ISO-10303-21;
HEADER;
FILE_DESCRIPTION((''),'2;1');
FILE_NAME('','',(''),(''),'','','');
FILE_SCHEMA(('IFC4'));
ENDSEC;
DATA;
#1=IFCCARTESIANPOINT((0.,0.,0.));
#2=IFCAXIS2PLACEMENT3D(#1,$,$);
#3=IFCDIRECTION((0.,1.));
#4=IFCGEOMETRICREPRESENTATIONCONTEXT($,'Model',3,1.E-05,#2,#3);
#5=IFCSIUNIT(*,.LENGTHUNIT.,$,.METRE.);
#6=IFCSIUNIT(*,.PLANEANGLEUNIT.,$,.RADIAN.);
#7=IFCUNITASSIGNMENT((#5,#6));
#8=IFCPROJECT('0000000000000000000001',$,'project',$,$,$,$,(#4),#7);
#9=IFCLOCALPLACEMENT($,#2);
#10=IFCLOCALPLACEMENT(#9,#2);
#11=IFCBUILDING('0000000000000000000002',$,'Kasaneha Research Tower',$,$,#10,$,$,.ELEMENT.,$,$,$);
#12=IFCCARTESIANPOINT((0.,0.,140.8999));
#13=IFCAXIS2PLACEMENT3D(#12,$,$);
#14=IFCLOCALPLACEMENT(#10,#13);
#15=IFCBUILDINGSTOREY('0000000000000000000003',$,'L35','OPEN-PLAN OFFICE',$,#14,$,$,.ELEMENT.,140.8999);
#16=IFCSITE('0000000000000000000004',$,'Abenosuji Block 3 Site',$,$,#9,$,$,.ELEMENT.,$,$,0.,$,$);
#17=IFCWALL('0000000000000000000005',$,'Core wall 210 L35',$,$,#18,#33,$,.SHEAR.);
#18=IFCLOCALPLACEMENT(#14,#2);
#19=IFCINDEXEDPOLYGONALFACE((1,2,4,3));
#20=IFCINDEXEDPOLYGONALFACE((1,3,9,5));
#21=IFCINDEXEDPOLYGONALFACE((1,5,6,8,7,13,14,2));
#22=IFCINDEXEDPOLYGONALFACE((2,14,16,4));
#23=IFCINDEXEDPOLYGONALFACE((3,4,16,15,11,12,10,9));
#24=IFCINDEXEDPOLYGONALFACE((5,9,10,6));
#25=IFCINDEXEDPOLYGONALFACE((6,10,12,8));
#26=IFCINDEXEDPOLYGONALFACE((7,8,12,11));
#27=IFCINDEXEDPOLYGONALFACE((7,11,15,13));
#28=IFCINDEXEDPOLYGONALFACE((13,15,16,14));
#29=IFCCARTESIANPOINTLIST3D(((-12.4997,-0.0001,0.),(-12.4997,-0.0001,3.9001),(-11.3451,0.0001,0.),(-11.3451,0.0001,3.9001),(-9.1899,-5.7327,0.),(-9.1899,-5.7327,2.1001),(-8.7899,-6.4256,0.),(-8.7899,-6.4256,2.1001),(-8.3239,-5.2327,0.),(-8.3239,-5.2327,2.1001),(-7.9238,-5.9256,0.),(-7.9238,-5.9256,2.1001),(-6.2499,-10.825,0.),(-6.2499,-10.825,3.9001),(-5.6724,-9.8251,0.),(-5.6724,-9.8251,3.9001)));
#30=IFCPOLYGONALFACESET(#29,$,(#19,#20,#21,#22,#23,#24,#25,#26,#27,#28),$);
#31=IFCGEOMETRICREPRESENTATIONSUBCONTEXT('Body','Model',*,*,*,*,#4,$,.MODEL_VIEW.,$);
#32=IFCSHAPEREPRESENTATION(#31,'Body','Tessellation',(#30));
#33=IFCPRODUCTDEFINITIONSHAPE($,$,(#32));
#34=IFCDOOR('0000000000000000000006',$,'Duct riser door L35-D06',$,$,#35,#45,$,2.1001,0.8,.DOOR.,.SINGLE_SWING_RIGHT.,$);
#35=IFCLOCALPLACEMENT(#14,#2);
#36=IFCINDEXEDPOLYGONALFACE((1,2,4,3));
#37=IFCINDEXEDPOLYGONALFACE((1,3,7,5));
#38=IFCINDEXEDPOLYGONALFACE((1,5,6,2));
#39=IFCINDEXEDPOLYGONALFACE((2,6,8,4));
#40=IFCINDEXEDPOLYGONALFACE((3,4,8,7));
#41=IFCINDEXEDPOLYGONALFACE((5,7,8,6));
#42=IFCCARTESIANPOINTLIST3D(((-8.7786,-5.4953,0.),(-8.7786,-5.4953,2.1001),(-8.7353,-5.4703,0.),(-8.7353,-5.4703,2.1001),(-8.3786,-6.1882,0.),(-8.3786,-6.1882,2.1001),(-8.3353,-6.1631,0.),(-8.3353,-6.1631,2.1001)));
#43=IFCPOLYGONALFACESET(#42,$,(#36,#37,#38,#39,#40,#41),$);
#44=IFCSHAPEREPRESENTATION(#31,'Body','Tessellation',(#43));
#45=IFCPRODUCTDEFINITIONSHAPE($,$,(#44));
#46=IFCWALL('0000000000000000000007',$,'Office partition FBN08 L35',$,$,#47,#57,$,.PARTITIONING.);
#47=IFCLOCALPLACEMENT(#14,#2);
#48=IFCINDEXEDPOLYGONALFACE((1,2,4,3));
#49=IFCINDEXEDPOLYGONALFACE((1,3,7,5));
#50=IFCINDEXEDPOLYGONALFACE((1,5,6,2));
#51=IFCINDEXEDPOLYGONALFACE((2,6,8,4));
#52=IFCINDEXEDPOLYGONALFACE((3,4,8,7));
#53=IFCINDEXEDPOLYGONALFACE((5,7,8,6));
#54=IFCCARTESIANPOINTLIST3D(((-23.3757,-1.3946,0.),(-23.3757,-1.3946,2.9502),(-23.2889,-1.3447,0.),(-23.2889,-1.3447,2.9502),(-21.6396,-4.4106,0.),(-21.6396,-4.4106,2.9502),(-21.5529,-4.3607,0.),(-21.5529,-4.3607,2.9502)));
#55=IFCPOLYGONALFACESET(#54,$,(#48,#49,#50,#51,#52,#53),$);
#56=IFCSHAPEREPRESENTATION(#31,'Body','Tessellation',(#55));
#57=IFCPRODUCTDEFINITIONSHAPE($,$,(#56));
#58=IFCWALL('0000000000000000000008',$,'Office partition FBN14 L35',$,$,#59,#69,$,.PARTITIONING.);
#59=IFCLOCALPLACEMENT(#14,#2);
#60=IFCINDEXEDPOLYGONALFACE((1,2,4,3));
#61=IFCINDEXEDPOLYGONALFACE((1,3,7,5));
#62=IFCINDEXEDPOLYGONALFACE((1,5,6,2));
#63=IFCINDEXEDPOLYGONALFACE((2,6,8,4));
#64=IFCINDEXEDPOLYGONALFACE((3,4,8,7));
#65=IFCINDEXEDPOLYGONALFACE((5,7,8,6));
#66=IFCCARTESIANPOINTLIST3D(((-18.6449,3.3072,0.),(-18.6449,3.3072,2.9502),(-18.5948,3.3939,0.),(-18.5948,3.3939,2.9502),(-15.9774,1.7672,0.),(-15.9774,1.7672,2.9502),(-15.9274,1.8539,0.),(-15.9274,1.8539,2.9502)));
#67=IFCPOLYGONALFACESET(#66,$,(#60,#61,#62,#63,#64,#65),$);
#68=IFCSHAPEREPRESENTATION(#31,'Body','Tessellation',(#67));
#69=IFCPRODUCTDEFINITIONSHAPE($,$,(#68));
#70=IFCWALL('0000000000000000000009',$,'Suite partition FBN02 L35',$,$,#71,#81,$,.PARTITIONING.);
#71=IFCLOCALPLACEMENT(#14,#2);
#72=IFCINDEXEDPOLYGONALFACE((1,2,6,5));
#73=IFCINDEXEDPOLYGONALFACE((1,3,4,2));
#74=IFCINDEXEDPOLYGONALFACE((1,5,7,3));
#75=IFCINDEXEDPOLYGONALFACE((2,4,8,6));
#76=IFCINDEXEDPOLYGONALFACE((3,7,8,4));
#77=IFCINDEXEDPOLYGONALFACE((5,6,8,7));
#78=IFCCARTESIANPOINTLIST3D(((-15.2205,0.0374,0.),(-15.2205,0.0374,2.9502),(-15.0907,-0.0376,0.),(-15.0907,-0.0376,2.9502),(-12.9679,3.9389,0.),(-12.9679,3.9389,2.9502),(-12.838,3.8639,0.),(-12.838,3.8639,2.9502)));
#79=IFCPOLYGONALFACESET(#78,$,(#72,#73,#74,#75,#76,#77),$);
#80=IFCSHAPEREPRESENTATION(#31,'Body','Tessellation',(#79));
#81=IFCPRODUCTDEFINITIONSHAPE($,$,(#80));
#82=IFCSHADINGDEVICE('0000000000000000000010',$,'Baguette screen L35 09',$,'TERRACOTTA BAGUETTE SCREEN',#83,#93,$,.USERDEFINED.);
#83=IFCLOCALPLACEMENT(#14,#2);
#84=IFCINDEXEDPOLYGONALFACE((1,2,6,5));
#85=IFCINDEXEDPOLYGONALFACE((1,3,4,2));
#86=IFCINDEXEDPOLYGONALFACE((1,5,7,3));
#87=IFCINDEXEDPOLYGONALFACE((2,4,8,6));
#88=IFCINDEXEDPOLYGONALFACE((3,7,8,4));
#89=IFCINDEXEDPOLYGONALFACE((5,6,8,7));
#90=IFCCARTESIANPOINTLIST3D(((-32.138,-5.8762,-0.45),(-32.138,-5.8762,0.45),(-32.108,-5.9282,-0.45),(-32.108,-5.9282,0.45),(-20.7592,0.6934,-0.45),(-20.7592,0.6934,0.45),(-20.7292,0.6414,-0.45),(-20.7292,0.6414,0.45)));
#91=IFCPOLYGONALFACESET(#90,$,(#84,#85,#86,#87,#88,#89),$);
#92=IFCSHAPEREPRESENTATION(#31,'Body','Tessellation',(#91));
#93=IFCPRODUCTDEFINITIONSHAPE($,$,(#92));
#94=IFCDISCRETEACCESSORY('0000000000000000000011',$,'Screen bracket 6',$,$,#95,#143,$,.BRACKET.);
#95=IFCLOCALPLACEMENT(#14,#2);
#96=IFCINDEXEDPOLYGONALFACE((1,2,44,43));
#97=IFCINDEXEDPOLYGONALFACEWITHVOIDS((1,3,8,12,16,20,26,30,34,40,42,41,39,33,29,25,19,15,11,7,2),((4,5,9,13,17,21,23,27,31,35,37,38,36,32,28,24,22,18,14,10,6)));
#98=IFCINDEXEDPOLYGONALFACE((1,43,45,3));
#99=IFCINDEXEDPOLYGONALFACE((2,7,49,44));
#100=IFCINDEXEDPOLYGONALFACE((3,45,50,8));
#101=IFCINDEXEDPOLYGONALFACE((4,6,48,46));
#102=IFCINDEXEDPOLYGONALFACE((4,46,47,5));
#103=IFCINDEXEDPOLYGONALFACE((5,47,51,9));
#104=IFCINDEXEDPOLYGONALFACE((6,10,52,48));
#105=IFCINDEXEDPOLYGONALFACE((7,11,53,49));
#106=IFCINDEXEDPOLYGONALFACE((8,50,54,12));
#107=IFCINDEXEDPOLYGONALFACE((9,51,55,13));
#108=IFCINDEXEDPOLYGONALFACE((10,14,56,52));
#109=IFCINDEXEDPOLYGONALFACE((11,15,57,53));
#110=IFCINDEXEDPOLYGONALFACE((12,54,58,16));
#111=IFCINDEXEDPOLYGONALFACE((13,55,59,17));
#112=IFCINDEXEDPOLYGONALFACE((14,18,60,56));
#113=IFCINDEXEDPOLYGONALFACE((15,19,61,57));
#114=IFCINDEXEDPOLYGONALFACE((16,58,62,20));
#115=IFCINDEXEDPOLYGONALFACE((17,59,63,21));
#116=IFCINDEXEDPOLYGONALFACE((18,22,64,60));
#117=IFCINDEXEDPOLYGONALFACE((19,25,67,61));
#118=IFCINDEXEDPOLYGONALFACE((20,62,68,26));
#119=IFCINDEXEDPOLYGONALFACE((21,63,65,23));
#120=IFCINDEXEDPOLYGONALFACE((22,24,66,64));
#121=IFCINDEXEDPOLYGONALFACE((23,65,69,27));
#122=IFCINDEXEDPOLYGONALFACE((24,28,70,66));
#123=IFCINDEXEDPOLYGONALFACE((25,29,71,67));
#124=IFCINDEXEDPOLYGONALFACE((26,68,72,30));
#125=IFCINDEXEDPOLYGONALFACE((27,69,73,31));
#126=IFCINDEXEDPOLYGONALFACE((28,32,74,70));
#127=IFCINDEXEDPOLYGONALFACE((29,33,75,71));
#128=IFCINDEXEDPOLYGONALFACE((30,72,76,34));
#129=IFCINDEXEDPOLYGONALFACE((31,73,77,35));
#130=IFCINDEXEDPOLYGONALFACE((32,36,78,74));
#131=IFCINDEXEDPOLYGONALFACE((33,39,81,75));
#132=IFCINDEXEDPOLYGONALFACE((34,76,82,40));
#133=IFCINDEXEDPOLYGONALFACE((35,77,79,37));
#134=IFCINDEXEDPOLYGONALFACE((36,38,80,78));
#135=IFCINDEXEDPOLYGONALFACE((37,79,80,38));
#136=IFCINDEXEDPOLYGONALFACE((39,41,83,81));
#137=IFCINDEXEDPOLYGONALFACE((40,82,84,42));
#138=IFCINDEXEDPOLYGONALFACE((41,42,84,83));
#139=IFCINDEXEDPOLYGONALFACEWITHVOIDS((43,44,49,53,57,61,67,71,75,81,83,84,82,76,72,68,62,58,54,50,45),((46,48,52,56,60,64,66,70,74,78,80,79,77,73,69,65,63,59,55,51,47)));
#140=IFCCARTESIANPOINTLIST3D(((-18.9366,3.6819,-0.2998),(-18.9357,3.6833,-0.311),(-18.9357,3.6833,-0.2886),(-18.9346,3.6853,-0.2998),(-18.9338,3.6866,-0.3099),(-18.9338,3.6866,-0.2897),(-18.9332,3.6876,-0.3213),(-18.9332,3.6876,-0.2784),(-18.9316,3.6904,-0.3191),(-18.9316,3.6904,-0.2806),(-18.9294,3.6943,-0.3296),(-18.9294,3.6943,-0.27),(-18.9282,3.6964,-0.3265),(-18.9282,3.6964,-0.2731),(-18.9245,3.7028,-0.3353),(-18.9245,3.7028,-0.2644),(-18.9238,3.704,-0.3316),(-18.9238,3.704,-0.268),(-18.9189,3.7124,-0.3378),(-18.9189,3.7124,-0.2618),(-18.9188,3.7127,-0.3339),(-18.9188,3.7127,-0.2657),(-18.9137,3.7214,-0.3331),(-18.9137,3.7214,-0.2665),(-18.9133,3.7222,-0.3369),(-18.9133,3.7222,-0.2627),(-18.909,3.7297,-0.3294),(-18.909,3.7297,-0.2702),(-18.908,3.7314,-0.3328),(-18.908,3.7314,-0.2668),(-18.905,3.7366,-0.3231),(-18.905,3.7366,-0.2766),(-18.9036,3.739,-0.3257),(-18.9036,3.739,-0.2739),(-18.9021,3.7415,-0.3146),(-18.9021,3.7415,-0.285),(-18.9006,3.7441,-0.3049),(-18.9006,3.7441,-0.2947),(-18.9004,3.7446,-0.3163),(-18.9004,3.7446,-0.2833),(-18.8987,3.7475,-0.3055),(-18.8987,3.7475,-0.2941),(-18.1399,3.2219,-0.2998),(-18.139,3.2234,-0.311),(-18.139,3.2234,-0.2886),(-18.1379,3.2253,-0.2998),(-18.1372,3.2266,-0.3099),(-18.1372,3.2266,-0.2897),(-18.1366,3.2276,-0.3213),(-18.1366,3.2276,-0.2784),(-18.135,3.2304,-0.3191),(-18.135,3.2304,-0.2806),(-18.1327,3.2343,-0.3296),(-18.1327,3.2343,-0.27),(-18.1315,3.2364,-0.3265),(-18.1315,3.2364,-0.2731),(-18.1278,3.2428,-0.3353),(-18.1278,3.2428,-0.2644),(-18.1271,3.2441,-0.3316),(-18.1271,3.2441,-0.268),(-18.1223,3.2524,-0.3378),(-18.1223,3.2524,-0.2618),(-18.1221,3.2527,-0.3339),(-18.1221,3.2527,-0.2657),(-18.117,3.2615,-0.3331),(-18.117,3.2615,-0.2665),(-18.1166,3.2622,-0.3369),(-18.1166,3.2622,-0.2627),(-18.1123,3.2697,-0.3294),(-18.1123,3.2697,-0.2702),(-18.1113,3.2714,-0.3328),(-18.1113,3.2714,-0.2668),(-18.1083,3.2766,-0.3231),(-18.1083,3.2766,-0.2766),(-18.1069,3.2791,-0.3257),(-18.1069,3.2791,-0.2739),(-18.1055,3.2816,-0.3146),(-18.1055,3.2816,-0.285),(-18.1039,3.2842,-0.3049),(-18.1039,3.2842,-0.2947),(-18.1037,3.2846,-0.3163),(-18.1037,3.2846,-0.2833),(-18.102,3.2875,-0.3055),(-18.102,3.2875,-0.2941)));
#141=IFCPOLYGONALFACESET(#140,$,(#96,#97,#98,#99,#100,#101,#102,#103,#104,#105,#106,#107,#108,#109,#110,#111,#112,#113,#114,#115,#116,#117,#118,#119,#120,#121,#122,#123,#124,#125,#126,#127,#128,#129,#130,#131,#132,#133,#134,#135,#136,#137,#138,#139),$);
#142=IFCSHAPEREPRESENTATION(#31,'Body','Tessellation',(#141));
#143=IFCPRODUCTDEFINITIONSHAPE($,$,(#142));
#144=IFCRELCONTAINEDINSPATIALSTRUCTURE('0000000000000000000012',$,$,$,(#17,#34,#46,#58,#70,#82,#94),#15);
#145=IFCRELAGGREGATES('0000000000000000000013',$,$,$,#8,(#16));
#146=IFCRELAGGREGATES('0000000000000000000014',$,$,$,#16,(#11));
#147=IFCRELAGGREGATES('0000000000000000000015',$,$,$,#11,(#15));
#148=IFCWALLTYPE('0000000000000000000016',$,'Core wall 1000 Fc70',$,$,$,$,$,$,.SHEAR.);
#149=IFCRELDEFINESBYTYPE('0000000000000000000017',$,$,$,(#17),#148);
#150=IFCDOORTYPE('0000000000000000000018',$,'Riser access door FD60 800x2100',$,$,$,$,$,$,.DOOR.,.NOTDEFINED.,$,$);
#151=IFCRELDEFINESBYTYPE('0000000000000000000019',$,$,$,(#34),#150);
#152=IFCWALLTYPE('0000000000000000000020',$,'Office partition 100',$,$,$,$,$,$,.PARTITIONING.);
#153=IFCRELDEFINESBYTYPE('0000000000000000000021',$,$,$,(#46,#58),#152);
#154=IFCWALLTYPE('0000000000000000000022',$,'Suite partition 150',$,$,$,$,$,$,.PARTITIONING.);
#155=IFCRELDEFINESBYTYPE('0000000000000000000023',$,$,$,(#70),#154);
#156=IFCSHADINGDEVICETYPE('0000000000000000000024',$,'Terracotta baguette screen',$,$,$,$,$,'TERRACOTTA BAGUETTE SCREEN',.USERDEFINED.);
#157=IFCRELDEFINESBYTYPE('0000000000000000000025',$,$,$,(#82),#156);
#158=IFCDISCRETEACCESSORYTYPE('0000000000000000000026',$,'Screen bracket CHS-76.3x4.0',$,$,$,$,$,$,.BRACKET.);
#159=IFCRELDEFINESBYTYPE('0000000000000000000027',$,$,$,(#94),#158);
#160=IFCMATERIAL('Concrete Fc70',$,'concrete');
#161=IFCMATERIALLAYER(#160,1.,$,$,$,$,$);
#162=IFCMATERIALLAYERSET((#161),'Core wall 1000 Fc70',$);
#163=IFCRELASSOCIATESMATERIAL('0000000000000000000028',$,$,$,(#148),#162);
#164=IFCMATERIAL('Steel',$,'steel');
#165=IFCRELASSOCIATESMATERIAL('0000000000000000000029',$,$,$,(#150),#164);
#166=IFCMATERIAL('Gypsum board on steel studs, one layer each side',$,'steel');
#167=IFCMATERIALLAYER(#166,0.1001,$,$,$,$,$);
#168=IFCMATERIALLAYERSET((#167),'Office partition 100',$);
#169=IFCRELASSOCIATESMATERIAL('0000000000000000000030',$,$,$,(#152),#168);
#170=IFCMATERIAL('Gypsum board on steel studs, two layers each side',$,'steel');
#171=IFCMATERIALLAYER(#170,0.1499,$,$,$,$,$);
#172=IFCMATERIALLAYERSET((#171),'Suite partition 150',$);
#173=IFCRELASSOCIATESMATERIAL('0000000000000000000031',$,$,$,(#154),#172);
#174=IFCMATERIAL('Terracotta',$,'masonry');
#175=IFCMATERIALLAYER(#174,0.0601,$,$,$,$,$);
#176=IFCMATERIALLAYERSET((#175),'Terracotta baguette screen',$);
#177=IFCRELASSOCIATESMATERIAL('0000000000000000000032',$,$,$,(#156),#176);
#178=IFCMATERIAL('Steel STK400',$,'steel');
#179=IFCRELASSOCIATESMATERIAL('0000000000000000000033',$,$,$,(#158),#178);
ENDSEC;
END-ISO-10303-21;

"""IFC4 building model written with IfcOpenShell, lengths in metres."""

from ifc_helpers import new_model, si_unit, direction, frame, frame_2d, origin, origin_2d, place, context, subcontext, project, spatial, polyline, rectangle, hollow_circle, outline, extrude, material, layer, layer_set, material_profile, profile_set, type_object, element, fill, save


model = new_model("IFC4")

# Units and contexts
model_context = context("Model", 3, precision=1e-05, world=origin(), true_north=direction((0.0, 1.0)))
body_context = subcontext(model_context, "Body", "Model", "MODEL_VIEW")
ifc_project = project(units=[si_unit("LENGTHUNIT", "METRE"), si_unit("PLANEANGLEUNIT", "RADIAN")], contexts=[model_context])

# Site, building, storey
site_placement = place(None, origin())
site = spatial("IfcSite", under=ifc_project, at=site_placement, Name="Abenosuji Block 3 Site", CompositionType="ELEMENT", RefElevation=0.0)
building_placement = place(site_placement, origin())
building = spatial("IfcBuilding", under=site, at=building_placement, Name="Kasaneha Research Tower", CompositionType="ELEMENT")
storey_placement = place(building_placement, frame((0.0, 0.0, 140.8999)))
storey = spatial("IfcBuildingStorey", under=building, at=storey_placement, Name="L35", Description="OPEN-PLAN OFFICE", CompositionType="ELEMENT", Elevation=140.8999)

# Wall, opening, door
ifc_material_1 = material(Name="Concrete Fc70", Category="concrete")
ifc_layer_1 = layer(ifc_material_1, 1.0)
ifc_layer_set_1 = layer_set([ifc_layer_1], Name="Core wall 1000 Fc70")
wall_type_1 = type_object("IfcWallType", Name="Core wall 1000 Fc70", PredefinedType="SHEAR", material=ifc_layer_set_1)
wall_1_placement = place(storey_placement, frame((-11.9224, 0.0, 0.0), z_axis=(0.0, 0.0, 1.0), x_axis=(0.500004, -0.866023, 0.0)))
wall_1 = element("IfcWall", 1, at=wall_1_placement, inside=storey, type_object=wall_type_1, Name="Core wall 210 L35", PredefinedType="SHEAR", context=body_context, shape_type="SweptSolid", body=[
    extrude(outline(polyline([(-0.2886, -0.5), (6.3311, -0.5), (7.1311, -0.5), (12.2109, -0.5), (11.6338, 0.5), (7.1311, 0.5), (6.3311, 0.5), (0.2886, 0.5), (-0.2886, -0.5)])), origin(), (0.0, 0.0, 1.0), 3.9001),
])
opening_placement = place(wall_1_placement, frame((6.3311, 0.0, 0.0)))
opening = element("IfcOpeningElement", 2, at=opening_placement, cuts=wall_1, PredefinedType="OPENING", context=body_context, shape_type="SweptSolid", body=[
    extrude(rectangle(XDim=0.8, YDim=2.1001, at=frame_2d((0.3999, 1.05))), frame((0.0, 0.51, 0.0), z_axis=(0.0, -1.0, 0.0), x_axis=(1.0, 0.0, 0.0)), (0.0, 0.0, 1.0), 1.02),
])
ifc_material_2 = material(Name="Steel", Category="steel")
door_type = type_object("IfcDoorType", Name="Riser access door FD60 800x2100", OperationType="NOTDEFINED", PredefinedType="DOOR", material=ifc_material_2)
door_placement = place(opening_placement, origin())
door = element("IfcDoor", 3, at=door_placement, inside=storey, type_object=door_type, Name="Duct riser door L35-D06", OperationType="SINGLE_SWING_RIGHT", OverallHeight=2.1001, OverallWidth=0.8, PredefinedType="DOOR", context=body_context, shape_type="SweptSolid", body=[
    extrude(rectangle(XDim=0.8, YDim=2.1001, at=frame_2d((0.3999, 1.05))), frame((0.0, 0.0249, 0.0), z_axis=(0.0, -1.0, 0.0), x_axis=(1.0, 0.0, 0.0)), (0.0, 0.0, 1.0), 0.05),
])
fill(opening, door)

# Walls
ifc_material_3 = material(Name="Gypsum board on steel studs, one layer each side", Category="steel")
ifc_layer_2 = layer(ifc_material_3, 0.1001)
ifc_layer_set_2 = layer_set([ifc_layer_2], Name="Office partition 100")
wall_type_2 = type_object("IfcWallType", Name="Office partition 100", PredefinedType="PARTITIONING", material=ifc_layer_set_2)
wall_2_placement = place(storey_placement, frame((-23.3323, -1.3696, 0.0), z_axis=(0.0, 0.0, 1.0), x_axis=(0.498864, -0.86668, 0.0)))
element("IfcWall", 4, at=wall_2_placement, inside=storey, type_object=wall_type_2, Name="Office partition FBN08 L35", PredefinedType="PARTITIONING", context=body_context, shape_type="SweptSolid", body=[
    extrude(rectangle(XDim=3.48, YDim=0.1001, at=frame_2d((1.74, 0.0))), origin(), (0.0, 0.0, 1.0), 2.9502),
])
wall_3_placement = place(storey_placement, frame((-15.9524, 1.8105, 0.0), z_axis=(0.0, 0.0, 1.0), x_axis=(-0.86603, 0.499992, 0.0)))
element("IfcWall", 5, at=wall_3_placement, inside=storey, type_object=wall_type_2, Name="Office partition FBN14 L35", PredefinedType="PARTITIONING", context=body_context, shape_type="SweptSolid", body=[
    extrude(rectangle(XDim=3.0801, YDim=0.1001, at=frame_2d((1.54, 0.0))), origin(), (0.0, 0.0, 1.0), 2.9502),
])
ifc_material_4 = material(Name="Gypsum board on steel studs, two layers each side", Category="steel")
ifc_layer_3 = layer(ifc_material_4, 0.1499)
ifc_layer_set_3 = layer_set([ifc_layer_3], Name="Suite partition 150")
wall_type_3 = type_object("IfcWallType", Name="Suite partition 150", PredefinedType="PARTITIONING", material=ifc_layer_set_3)
wall_4_placement = place(storey_placement, frame((-15.1555, 0.0, 0.0), z_axis=(0.0, 0.0, 1.0), x_axis=(0.500015, 0.866017, 0.0)))
element("IfcWall", 6, at=wall_4_placement, inside=storey, type_object=wall_type_3, Name="Suite partition FBN02 L35", PredefinedType="PARTITIONING", context=body_context, shape_type="SweptSolid", body=[
    extrude(rectangle(XDim=4.5051, YDim=0.1499, at=frame_2d((2.2524, 0.0))), origin(), (0.0, 0.0, 1.0), 2.9502),
])

# Shading device
ifc_material_5 = material(Name="Terracotta", Category="masonry")
ifc_layer_4 = layer(ifc_material_5, 0.0601)
ifc_layer_set_4 = layer_set([ifc_layer_4], Name="Terracotta baguette screen")
shading_device_type = type_object("IfcShadingDeviceType", Name="Terracotta baguette screen", ElementType="TERRACOTTA BAGUETTE SCREEN", PredefinedType="USERDEFINED", material=ifc_layer_set_4)
shading_device_placement = place(storey_placement, frame((-26.4336, -2.6174, -0.45), z_axis=(0.0, 0.0, 1.0), x_axis=(-0.866025, -0.5, 0.0)))
element("IfcShadingDevice", 7, at=shading_device_placement, inside=storey, type_object=shading_device_type, Name="Baguette screen L35 09", ObjectType="TERRACOTTA BAGUETTE SCREEN", PredefinedType="USERDEFINED", context=body_context, shape_type="SweptSolid", body=[
    extrude(rectangle(XDim=13.1392, YDim=0.0601, at=origin_2d()), origin(), (0.0, 0.0, 1.0), 0.8999),
])

# Discrete accessory
ifc_material_6 = material(Name="Steel STK400", Category="steel")
ifc_material_profile_1 = material_profile(ifc_material_6, hollow_circle(Radius=0.0381, WallThickness=0.0039, at=origin_2d()), Name="CHS-76.3x4.0")
ifc_profile_set_1 = profile_set([ifc_material_profile_1], Name="Steel STK400")
discrete_accessory_type = type_object("IfcDiscreteAccessoryType", Name="Screen bracket CHS-76.3x4.0", PredefinedType="BRACKET", material=ifc_profile_set_1)
for number, where, z_axis, x_axis, name in (
    (8, (-18.1208, 3.2549, -0.2998), (-0.866013, 0.500021, 0.0), (-0.500021, -0.866013, 0.0), "Screen bracket 6"),
):
    element("IfcDiscreteAccessory", number, at=place(storey_placement, frame(where, z_axis=z_axis, x_axis=x_axis)), inside=storey, type_object=discrete_accessory_type, Name=name, PredefinedType="BRACKET", context=body_context, shape_type="SweptSolid", body=[
        extrude(hollow_circle(Radius=0.0381, WallThickness=0.0039, at=origin_2d()), origin(), (0.0, 0.0, 1.0), 0.9199),
    ])

save(model, "model.ifc")
